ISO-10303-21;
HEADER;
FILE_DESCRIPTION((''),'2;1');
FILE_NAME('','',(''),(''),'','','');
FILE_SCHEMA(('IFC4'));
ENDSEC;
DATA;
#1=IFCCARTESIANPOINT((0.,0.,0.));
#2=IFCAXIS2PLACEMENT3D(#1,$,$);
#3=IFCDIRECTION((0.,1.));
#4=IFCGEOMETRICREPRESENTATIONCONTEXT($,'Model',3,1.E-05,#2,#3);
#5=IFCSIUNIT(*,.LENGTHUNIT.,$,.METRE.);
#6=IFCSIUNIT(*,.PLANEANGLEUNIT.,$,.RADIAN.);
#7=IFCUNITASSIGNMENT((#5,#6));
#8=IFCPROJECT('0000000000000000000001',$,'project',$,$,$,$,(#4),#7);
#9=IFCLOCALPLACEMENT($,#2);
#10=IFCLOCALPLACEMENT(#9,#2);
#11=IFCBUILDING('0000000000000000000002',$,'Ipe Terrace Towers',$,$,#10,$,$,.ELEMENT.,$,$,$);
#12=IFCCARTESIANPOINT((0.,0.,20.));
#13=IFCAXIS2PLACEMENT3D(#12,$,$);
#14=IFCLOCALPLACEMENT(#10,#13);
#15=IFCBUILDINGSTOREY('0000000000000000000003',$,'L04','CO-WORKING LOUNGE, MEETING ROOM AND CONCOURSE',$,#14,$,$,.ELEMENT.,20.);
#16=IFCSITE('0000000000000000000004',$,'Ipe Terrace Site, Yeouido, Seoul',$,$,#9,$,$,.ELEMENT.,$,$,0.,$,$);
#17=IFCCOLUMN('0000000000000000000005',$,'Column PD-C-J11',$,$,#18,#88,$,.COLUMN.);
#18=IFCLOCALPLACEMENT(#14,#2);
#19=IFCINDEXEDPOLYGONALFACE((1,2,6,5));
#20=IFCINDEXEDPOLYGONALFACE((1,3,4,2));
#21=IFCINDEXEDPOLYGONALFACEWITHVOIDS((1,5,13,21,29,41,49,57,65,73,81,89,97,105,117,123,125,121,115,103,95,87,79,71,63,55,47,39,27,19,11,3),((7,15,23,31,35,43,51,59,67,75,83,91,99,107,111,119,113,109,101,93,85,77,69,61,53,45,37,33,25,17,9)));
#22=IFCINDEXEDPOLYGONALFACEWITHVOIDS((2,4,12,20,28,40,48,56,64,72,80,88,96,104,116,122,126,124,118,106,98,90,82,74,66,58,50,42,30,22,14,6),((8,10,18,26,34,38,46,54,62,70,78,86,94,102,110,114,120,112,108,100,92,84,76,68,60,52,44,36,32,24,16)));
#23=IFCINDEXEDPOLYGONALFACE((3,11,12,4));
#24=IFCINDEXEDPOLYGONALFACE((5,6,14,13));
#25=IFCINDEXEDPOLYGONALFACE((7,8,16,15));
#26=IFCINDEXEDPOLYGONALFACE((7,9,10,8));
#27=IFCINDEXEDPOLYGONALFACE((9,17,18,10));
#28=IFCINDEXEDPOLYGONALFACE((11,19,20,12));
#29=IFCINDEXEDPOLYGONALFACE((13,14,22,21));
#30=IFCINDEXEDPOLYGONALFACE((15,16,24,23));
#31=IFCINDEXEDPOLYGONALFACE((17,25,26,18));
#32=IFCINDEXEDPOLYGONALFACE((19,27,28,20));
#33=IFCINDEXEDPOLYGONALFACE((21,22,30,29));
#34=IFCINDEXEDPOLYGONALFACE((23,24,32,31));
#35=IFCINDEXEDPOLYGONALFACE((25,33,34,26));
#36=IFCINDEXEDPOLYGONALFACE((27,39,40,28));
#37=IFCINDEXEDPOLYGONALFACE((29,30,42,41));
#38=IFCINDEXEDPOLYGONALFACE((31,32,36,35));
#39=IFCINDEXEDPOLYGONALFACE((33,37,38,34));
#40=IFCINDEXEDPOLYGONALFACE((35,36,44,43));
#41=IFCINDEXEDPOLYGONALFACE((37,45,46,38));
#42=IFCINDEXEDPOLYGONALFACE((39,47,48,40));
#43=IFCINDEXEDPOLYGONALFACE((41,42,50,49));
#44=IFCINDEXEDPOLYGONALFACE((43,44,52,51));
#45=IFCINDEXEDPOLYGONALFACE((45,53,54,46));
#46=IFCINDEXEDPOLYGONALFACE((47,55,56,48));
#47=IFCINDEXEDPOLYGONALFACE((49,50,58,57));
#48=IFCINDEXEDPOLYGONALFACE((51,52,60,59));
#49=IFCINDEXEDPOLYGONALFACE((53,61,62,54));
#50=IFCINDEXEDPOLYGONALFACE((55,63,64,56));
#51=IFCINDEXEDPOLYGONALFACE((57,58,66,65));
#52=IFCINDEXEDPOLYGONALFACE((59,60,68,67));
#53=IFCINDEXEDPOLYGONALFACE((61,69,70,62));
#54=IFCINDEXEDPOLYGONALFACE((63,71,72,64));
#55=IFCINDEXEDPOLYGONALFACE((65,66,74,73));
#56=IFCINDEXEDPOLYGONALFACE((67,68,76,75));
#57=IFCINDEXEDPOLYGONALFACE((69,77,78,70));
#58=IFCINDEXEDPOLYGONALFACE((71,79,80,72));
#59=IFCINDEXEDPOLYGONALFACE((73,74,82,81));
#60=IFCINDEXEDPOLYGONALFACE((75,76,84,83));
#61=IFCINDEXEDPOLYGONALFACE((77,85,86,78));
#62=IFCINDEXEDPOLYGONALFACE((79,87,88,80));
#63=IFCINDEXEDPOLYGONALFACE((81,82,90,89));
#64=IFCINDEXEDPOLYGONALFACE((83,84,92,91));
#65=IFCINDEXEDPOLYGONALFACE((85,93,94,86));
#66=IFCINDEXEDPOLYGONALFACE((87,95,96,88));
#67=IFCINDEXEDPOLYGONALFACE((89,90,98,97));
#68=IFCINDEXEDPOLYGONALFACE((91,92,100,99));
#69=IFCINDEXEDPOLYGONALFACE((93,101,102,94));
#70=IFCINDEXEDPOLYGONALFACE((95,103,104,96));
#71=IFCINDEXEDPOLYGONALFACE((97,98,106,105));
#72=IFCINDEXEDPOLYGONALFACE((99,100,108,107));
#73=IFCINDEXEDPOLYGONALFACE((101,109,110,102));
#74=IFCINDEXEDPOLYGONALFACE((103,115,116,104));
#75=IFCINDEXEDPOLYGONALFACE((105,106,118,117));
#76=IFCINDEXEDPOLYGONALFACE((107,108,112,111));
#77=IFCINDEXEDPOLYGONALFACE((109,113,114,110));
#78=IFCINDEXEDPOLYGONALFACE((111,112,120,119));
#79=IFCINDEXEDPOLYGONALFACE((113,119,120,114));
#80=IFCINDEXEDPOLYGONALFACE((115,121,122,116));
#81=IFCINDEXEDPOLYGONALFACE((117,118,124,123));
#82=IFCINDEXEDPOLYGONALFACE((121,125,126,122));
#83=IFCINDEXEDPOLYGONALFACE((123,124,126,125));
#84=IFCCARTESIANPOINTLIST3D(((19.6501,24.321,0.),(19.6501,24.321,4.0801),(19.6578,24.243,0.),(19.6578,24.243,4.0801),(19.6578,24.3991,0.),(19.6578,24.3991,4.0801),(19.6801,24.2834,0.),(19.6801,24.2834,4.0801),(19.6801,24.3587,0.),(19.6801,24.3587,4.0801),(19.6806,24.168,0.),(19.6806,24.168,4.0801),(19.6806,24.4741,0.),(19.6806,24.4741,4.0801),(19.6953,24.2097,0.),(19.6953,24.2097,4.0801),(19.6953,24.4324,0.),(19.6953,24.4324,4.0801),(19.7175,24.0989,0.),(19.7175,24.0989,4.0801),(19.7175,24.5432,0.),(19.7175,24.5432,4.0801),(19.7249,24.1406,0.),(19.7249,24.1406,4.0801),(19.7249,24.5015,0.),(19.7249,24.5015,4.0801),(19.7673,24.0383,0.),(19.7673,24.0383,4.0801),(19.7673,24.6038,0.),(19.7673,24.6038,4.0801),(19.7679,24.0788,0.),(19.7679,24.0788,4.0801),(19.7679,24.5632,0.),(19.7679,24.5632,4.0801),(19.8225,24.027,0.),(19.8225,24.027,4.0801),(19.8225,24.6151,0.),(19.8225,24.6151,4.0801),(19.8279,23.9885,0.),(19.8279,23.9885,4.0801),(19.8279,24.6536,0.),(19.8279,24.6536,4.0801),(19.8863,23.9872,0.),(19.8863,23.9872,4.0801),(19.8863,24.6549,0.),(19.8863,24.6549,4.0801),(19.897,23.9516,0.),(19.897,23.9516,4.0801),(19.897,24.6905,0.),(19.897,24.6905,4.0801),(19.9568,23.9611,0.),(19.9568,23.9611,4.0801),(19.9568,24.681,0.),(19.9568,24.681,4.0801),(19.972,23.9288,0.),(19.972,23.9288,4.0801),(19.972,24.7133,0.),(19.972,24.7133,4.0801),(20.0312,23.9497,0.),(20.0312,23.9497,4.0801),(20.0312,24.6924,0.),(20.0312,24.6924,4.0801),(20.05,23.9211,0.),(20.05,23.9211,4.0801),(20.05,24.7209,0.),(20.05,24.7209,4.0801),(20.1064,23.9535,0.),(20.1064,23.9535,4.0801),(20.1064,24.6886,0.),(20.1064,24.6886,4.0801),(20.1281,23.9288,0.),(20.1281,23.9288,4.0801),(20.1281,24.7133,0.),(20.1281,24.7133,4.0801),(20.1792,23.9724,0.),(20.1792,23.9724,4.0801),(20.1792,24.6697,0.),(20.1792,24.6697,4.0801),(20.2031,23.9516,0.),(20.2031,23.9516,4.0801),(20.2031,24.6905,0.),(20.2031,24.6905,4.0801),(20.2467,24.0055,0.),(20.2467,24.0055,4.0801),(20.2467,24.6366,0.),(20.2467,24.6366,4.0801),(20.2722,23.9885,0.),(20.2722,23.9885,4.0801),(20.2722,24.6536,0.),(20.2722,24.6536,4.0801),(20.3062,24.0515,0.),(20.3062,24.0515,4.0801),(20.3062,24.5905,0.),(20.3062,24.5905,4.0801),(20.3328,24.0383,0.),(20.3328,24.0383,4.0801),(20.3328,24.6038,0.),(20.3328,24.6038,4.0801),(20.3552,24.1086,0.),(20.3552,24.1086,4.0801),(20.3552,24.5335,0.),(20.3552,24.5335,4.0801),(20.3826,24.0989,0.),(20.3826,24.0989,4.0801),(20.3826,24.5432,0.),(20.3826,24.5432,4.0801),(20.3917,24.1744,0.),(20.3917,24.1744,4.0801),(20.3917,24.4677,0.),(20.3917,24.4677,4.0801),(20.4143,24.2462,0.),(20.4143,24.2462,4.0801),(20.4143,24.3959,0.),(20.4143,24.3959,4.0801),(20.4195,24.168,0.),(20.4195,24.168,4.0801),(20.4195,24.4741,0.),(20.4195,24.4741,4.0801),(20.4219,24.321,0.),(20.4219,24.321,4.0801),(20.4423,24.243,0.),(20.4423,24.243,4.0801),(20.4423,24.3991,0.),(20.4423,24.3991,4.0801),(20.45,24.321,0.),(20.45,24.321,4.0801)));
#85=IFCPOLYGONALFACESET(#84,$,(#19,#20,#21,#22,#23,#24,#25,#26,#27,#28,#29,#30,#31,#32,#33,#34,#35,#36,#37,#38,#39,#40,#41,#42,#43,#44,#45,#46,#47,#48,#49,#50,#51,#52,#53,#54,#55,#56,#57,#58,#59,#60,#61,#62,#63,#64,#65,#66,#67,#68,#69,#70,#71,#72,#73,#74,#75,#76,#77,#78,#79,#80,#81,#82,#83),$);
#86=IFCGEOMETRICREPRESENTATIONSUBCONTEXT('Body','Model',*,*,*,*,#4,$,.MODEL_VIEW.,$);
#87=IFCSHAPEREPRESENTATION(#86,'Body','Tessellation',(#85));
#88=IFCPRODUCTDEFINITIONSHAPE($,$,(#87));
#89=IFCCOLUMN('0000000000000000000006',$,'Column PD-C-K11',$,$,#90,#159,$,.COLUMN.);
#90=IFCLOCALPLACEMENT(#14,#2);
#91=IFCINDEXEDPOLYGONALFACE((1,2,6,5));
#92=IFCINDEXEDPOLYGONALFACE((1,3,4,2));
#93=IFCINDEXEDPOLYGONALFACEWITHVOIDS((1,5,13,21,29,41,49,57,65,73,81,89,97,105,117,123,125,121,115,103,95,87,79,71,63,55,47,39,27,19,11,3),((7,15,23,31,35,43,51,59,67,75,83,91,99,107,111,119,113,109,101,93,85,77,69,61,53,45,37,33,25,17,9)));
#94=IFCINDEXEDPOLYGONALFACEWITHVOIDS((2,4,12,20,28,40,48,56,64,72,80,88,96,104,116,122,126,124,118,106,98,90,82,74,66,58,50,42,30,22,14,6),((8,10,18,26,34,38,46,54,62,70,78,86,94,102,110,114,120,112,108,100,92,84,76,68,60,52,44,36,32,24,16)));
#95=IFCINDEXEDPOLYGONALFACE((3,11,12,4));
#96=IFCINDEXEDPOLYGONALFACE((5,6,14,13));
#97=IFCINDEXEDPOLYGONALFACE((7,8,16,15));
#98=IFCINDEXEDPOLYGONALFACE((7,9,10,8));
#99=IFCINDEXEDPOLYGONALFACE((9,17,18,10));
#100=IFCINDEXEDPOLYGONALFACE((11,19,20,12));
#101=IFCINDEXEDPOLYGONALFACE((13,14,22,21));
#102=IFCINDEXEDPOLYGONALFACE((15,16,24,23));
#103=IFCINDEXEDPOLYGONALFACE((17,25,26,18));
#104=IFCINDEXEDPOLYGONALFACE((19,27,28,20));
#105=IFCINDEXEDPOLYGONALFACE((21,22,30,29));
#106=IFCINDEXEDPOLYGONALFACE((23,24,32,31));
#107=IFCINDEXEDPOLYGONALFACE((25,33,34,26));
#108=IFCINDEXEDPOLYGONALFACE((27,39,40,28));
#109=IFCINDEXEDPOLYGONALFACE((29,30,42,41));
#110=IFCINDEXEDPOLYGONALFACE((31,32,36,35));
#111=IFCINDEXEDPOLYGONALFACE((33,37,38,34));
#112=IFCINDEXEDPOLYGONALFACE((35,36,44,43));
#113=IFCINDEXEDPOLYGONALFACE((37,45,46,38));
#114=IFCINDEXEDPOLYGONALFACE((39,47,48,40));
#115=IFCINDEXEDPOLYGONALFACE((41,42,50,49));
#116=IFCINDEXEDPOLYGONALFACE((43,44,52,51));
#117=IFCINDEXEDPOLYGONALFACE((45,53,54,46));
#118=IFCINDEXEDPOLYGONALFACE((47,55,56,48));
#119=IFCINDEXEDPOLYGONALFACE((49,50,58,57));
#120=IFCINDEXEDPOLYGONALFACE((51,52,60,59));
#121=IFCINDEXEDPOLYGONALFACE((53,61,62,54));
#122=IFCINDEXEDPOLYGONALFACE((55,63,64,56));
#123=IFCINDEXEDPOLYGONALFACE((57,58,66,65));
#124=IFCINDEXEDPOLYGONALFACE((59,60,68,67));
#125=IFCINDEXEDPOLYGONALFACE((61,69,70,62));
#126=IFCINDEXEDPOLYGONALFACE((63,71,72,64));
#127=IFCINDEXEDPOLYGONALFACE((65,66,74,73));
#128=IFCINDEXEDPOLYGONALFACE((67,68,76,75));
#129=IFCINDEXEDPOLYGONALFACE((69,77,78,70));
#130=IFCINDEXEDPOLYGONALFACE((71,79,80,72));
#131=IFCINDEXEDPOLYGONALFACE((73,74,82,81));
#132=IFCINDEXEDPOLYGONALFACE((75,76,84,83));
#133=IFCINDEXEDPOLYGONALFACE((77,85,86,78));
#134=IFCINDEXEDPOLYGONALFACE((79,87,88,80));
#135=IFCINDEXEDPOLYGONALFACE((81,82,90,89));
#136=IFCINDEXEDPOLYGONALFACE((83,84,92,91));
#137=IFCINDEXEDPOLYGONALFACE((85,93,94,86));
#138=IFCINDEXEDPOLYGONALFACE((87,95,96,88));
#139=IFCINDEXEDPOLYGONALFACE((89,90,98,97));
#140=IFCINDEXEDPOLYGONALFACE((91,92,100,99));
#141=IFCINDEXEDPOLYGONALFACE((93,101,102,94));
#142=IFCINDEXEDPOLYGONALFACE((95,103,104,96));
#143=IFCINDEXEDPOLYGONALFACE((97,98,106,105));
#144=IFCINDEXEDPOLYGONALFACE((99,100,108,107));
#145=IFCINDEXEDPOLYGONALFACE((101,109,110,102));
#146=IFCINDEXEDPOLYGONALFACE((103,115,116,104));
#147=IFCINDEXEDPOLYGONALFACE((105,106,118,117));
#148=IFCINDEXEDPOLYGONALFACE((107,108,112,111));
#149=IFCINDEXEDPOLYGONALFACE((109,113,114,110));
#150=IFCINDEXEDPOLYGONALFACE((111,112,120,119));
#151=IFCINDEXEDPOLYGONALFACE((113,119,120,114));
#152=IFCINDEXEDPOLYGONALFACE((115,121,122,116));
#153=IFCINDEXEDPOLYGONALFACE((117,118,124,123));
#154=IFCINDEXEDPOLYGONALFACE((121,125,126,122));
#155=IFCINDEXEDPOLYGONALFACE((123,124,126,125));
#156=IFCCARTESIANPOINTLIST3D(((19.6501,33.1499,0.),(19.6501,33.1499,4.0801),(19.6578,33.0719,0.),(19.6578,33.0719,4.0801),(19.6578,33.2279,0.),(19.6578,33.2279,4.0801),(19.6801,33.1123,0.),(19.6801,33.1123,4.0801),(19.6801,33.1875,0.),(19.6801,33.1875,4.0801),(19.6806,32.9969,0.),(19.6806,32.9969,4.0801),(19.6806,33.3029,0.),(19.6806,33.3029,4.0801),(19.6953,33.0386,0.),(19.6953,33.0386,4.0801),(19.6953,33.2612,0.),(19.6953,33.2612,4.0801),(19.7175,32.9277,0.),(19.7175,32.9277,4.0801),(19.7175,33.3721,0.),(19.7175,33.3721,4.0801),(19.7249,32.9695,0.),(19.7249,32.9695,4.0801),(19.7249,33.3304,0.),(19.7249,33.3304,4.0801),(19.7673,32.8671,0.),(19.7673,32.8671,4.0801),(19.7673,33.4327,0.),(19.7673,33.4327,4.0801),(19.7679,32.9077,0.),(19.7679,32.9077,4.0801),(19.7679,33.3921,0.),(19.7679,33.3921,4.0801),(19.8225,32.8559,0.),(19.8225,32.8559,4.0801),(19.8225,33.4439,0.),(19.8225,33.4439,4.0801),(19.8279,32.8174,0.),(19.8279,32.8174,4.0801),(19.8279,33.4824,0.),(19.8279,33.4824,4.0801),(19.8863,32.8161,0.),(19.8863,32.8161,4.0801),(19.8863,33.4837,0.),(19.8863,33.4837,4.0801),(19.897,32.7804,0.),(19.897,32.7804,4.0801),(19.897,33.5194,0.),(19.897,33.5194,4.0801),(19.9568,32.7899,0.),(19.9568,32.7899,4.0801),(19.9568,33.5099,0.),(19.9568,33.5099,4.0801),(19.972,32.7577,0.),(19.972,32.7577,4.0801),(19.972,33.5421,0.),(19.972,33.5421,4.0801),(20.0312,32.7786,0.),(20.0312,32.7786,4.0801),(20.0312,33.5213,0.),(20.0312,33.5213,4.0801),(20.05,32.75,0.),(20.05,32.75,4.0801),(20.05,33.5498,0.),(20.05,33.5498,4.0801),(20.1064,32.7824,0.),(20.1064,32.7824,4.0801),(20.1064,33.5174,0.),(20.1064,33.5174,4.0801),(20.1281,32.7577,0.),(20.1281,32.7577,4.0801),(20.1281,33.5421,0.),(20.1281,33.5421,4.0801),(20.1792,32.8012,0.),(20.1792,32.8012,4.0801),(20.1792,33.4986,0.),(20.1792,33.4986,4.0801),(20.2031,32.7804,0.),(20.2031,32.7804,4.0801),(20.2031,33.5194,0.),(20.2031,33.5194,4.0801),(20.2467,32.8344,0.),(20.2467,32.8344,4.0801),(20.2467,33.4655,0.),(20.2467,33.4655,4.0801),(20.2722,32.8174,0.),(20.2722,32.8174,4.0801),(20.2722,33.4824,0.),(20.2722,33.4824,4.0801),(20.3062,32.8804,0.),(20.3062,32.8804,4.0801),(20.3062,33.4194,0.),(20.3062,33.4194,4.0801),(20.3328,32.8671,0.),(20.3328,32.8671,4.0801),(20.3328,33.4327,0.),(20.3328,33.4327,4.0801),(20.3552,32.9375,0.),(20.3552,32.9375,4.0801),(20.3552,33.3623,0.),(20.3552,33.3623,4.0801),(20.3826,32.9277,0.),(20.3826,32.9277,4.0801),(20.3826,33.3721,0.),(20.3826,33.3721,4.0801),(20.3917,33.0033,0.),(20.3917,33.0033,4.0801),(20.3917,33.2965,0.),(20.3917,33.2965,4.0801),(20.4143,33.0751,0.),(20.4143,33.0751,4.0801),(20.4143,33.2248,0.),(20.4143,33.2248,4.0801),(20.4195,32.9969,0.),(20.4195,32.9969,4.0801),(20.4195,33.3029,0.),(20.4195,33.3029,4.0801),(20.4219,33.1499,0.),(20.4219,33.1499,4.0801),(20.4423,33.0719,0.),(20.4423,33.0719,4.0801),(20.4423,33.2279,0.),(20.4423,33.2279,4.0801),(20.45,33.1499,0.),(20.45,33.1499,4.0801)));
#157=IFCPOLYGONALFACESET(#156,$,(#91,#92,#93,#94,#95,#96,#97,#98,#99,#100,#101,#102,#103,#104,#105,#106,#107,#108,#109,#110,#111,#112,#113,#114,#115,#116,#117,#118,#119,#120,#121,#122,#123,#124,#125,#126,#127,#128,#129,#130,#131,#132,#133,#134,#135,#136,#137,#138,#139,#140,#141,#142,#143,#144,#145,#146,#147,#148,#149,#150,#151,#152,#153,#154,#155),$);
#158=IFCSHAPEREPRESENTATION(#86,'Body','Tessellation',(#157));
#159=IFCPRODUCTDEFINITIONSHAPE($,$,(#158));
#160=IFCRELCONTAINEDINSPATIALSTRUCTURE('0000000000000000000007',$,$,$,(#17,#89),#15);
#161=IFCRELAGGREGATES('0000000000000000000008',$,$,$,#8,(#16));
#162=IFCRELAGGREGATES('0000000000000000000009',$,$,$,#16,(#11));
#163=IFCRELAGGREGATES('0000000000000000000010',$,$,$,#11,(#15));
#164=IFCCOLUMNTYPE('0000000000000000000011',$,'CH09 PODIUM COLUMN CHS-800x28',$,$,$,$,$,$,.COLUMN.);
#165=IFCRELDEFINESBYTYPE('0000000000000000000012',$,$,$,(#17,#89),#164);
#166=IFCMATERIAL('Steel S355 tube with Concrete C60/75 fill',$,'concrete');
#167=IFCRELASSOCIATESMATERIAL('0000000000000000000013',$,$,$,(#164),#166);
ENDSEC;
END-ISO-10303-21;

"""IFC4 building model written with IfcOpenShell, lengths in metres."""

from ifc_helpers import new_model, si_unit, direction, frame, origin, origin_2d, place, context, subcontext, project, spatial, hollow_circle, extrude, material, material_profile, profile_set, type_object, element, save


model = new_model("IFC4")

# Units and contexts
model_context = context("Model", 3, precision=1e-05, world=origin(), true_north=direction((0.0, 1.0)))
body_context = subcontext(model_context, "Body", "Model", "MODEL_VIEW")
ifc_project = project(units=[si_unit("LENGTHUNIT", "METRE"), si_unit("PLANEANGLEUNIT", "RADIAN")], contexts=[model_context])

# Site, building, storey
site_placement = place(None, origin())
site = spatial("IfcSite", under=ifc_project, at=site_placement, Name="Ipe Terrace Site, Yeouido, Seoul", CompositionType="ELEMENT", RefElevation=0.0)
building_placement = place(site_placement, origin())
building = spatial("IfcBuilding", under=site, at=building_placement, Name="Ipe Terrace Towers", CompositionType="ELEMENT")
storey_placement = place(building_placement, frame((0.0, 0.0, 20.0)))
storey = spatial("IfcBuildingStorey", under=building, at=storey_placement, Name="L04", Description="CO-WORKING LOUNGE, MEETING ROOM AND CONCOURSE", CompositionType="ELEMENT", Elevation=20.0)

# Columns
ifc_material_1 = material(Name="Steel S355 tube with Concrete C60/75 fill", Category="concrete")
ifc_material_profile_1 = material_profile(ifc_material_1, hollow_circle(Radius=0.3999, WallThickness=0.0281, at=origin_2d()), Name="CHS-800x28")
ifc_profile_set_1 = profile_set([ifc_material_profile_1], Name="Steel S355 tube with Concrete C60/75 fill")
column_type = type_object("IfcColumnType", Name="CH09 PODIUM COLUMN CHS-800x28", PredefinedType="COLUMN", material=ifc_profile_set_1)
for number, where, z_axis, x_axis, name in (
    (1, (20.05, 24.321, 0.0), (0.0, 0.0, 1.0), (1.0, 0.0, 0.0), "Column PD-C-J11"),
    (2, (20.05, 33.1499, 0.0), (0.0, 0.0, 1.0), (1.0, 0.0, 0.0), "Column PD-C-K11"),
):
    element("IfcColumn", number, at=place(storey_placement, frame(where, z_axis=z_axis, x_axis=x_axis)), inside=storey, type_object=column_type, Name=name, PredefinedType="COLUMN", context=body_context, shape_type="SweptSolid", body=[
        extrude(hollow_circle(Radius=0.3999, WallThickness=0.0281, at=origin_2d()), origin(), (0.0, 0.0, 1.0), 4.0801),
    ])

save(model, "model.ifc")
